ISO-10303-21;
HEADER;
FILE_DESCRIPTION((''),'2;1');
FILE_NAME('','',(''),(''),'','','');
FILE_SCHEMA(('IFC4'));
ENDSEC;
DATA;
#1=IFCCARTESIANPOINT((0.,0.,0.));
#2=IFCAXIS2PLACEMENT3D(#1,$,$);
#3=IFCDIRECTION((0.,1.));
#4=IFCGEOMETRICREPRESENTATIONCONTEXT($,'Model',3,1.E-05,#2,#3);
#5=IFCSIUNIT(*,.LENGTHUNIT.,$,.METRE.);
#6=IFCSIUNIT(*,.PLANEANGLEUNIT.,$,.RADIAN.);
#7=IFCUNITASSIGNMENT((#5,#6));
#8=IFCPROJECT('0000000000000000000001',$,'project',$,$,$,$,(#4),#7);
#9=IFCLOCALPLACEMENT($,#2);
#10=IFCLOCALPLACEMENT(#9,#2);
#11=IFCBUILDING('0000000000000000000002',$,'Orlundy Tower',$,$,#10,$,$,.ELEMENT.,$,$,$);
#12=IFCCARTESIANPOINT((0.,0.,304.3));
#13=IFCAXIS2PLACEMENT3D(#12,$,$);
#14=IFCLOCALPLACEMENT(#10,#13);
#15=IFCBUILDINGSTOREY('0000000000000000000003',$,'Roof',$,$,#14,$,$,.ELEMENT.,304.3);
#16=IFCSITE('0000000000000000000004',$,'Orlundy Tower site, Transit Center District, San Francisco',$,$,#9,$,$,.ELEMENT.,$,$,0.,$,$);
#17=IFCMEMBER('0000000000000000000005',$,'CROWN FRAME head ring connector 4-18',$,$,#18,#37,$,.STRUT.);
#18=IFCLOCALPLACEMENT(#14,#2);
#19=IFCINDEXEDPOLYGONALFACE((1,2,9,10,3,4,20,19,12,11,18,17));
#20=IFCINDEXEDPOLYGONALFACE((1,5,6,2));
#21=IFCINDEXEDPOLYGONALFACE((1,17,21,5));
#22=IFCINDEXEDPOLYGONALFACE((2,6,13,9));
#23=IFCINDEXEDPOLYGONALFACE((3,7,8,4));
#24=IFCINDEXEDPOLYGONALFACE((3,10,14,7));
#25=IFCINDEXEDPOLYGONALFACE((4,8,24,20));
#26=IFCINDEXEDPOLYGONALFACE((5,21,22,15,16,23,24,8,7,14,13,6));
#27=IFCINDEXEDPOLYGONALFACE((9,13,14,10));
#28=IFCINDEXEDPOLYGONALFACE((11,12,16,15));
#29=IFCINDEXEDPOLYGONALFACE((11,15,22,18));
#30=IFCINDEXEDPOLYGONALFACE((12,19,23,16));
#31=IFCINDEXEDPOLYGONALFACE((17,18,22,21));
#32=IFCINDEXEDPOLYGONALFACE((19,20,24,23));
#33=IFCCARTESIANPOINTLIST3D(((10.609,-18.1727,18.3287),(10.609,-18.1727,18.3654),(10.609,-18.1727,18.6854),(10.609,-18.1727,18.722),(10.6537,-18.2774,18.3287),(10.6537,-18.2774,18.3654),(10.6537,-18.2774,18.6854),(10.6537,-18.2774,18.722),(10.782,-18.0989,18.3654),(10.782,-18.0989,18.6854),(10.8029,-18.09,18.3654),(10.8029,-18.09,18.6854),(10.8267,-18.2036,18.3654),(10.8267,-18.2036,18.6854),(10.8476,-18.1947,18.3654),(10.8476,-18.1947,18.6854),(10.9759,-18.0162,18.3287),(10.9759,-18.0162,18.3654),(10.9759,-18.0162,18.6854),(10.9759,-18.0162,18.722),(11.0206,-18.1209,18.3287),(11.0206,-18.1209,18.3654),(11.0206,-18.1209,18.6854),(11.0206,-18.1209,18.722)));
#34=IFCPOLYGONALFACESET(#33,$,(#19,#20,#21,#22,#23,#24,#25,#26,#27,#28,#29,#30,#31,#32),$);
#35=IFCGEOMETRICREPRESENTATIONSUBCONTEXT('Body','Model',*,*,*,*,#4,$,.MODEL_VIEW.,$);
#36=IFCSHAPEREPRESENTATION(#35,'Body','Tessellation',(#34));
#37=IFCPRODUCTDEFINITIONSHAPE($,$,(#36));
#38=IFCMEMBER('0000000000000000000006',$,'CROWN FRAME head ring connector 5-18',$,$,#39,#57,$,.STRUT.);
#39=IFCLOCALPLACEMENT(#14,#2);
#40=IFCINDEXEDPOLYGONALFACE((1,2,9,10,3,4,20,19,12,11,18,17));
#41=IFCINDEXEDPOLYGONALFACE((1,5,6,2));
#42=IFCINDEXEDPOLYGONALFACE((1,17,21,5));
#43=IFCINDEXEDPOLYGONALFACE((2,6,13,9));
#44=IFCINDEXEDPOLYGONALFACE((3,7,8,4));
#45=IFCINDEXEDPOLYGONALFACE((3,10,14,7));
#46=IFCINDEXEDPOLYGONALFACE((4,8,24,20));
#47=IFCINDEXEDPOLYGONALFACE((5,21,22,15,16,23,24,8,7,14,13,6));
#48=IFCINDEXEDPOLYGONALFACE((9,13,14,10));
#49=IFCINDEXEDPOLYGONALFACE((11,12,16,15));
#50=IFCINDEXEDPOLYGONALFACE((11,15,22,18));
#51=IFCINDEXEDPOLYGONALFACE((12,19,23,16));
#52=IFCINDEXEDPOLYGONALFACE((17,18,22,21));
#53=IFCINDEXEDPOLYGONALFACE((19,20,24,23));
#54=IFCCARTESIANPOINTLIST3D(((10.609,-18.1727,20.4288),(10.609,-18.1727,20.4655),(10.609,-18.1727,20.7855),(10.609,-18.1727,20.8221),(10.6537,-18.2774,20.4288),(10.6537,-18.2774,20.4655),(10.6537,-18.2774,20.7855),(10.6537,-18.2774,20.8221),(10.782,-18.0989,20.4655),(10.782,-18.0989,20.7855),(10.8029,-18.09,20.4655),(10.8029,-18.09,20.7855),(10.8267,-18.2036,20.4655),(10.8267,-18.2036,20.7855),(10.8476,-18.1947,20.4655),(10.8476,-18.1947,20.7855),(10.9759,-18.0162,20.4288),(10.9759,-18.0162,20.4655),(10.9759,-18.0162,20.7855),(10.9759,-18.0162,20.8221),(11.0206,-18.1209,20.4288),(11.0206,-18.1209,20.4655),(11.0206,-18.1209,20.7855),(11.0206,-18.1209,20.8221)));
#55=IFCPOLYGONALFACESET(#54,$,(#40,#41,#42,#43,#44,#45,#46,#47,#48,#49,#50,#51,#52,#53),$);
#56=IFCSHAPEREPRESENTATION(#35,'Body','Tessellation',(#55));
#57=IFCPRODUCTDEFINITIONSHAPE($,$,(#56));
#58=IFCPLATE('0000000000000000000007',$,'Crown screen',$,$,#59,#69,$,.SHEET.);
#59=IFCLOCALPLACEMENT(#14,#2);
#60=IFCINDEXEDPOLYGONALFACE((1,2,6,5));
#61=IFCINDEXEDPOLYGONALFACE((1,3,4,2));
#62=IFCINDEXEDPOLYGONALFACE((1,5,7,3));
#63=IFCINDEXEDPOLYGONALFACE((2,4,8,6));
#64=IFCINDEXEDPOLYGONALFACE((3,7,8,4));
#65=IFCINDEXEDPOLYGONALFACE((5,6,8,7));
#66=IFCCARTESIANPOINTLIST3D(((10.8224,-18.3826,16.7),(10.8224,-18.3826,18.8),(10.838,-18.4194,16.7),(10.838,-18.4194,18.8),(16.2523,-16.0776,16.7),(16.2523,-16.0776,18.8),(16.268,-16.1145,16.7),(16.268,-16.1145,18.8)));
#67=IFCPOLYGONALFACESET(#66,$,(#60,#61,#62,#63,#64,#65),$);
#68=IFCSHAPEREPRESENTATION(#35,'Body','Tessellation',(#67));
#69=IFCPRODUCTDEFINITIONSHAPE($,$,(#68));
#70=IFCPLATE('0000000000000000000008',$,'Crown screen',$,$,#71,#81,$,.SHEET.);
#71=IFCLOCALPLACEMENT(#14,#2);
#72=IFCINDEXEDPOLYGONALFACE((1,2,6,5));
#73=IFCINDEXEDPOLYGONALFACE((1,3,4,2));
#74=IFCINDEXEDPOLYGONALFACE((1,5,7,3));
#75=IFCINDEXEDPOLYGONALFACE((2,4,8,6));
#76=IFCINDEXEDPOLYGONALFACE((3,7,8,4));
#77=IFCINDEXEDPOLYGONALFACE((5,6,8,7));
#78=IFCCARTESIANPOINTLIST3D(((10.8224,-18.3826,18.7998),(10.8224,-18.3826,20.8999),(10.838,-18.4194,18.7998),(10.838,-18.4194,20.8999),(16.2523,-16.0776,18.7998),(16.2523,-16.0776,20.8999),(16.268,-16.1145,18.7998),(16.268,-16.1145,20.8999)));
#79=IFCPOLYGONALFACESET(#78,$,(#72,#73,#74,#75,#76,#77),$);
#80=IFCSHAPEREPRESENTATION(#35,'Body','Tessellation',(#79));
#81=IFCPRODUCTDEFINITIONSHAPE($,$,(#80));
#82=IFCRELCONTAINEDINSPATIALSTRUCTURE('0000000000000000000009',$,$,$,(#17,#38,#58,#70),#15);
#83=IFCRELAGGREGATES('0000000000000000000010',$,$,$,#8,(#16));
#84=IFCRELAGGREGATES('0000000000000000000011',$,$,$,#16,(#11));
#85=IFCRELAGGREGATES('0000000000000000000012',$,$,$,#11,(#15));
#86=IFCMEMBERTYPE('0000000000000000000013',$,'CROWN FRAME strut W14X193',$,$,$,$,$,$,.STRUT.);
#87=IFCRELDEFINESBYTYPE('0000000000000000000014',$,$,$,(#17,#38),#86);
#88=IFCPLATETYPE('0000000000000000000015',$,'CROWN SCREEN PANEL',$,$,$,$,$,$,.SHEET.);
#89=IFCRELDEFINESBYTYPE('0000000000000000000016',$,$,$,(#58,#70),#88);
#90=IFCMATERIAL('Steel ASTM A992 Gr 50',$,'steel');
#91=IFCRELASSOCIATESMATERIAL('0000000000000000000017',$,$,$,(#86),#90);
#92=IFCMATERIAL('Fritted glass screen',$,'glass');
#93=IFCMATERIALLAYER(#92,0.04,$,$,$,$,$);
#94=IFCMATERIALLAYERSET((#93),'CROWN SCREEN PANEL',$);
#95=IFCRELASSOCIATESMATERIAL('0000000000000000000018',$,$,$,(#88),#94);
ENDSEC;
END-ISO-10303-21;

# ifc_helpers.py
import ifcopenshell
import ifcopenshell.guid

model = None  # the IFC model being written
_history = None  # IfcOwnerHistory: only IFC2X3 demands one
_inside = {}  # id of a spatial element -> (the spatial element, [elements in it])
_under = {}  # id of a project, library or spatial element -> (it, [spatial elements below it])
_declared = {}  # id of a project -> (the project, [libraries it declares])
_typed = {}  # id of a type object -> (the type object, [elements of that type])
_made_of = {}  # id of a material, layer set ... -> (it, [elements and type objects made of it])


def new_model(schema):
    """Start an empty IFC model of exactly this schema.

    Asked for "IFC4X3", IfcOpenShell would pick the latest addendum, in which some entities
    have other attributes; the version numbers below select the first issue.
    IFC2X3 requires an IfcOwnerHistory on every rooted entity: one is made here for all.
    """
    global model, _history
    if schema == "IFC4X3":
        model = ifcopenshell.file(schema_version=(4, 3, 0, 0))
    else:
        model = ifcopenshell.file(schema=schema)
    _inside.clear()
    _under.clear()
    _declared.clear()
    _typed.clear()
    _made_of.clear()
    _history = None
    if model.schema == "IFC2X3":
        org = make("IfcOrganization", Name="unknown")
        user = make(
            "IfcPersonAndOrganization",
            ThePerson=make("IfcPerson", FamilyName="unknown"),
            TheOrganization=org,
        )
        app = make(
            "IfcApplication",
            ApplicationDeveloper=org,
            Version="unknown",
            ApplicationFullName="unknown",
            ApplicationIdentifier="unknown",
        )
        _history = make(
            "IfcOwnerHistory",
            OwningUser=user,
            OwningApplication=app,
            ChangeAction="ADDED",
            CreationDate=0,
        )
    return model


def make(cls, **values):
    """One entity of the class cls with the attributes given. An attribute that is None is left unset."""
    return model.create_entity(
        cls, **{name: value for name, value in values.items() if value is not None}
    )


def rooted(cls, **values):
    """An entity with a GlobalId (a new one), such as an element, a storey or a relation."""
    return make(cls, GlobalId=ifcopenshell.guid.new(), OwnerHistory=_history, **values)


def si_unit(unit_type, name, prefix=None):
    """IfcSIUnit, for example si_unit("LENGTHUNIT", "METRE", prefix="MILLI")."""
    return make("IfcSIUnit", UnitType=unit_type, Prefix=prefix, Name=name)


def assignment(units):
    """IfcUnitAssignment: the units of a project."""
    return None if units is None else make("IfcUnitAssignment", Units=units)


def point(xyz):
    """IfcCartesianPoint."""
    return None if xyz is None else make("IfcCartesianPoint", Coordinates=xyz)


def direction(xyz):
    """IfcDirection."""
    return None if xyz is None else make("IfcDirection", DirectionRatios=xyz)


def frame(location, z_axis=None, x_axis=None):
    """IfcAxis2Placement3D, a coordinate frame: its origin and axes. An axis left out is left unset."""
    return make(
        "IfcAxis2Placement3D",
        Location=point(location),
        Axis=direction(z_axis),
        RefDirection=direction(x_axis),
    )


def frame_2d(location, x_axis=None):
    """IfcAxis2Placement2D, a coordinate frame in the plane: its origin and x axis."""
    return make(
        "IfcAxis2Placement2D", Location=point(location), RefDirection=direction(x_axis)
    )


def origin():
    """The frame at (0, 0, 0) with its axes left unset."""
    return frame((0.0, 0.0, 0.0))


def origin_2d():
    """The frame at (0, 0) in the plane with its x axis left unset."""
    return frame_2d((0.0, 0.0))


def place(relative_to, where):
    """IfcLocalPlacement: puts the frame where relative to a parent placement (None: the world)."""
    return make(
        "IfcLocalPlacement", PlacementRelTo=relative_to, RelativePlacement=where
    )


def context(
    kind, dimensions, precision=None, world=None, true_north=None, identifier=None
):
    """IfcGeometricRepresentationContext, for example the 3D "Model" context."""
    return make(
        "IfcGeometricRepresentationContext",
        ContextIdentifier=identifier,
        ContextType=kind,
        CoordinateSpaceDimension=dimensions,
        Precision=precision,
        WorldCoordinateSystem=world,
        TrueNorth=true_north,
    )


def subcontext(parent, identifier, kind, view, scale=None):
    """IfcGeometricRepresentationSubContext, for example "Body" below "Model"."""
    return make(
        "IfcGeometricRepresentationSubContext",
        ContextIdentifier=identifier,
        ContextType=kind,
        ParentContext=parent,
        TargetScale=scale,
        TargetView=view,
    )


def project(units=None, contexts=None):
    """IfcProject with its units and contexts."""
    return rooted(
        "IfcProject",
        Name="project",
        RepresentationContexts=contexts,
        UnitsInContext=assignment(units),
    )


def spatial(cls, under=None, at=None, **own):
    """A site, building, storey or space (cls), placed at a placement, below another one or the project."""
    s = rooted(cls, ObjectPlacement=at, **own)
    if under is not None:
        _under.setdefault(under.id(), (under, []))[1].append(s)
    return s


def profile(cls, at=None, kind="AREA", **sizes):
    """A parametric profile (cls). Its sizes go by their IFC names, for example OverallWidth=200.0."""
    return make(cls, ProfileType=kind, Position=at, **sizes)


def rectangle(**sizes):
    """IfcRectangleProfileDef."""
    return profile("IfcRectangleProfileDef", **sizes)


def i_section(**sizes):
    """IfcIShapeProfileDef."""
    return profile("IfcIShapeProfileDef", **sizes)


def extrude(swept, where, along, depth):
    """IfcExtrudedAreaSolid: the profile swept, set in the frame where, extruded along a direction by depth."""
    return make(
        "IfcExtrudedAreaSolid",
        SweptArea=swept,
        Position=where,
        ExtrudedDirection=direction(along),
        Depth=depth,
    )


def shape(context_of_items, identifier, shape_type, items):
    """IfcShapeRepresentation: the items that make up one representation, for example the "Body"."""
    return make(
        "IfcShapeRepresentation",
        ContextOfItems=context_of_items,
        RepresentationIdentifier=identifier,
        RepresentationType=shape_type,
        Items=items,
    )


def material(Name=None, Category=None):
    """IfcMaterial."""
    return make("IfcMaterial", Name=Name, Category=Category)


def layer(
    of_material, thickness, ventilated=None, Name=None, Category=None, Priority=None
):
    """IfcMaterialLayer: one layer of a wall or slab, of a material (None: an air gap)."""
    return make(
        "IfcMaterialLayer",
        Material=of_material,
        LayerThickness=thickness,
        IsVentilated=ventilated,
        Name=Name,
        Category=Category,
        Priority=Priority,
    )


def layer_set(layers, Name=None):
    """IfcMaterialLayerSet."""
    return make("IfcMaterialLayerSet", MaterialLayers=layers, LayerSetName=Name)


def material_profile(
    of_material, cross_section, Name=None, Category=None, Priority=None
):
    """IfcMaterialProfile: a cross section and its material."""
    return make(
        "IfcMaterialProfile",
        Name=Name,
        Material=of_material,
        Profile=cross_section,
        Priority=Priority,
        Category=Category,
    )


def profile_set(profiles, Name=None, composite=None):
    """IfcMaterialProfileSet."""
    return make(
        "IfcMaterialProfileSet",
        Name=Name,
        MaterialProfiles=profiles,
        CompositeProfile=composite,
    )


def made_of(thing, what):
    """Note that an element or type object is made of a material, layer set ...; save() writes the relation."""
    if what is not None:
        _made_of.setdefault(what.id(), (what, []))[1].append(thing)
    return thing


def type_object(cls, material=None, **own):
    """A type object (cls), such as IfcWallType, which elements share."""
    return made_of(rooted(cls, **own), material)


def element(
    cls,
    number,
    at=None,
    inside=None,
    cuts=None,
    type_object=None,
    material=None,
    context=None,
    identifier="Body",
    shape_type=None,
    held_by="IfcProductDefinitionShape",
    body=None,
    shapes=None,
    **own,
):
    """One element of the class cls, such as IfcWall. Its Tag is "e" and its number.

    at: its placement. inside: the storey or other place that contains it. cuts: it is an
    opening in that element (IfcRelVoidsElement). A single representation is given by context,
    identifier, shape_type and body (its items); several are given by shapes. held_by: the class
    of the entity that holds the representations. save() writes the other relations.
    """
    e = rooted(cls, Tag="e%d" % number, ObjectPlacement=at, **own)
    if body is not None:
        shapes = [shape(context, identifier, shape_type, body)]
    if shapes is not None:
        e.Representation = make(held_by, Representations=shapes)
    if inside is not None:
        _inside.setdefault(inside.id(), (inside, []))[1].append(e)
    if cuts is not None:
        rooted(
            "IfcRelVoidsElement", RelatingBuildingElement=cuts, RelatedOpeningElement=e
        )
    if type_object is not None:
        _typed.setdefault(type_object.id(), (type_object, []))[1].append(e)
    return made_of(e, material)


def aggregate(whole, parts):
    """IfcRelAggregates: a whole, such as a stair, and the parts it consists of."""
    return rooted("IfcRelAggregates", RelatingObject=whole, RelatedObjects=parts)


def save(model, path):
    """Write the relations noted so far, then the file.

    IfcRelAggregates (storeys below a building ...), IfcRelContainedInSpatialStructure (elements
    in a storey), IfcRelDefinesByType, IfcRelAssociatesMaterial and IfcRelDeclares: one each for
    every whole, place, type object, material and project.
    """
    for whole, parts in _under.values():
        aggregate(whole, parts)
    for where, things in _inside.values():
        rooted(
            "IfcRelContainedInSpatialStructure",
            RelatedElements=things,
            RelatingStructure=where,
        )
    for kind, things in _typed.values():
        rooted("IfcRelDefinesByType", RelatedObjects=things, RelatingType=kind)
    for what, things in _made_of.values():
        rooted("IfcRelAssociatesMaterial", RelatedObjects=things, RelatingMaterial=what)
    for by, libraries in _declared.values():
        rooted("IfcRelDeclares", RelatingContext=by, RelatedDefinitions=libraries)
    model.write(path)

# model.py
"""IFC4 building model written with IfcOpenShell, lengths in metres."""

from ifc_helpers import new_model, si_unit, direction, frame, origin, origin_2d, place, context, subcontext, project, spatial, rectangle, i_section, extrude, material, layer, layer_set, material_profile, profile_set, type_object, element, save


model = new_model("IFC4")

# Units and contexts
model_context = context("Model", 3, precision=1e-05, world=origin(), true_north=direction((0.0, 1.0)))
body_context = subcontext(model_context, "Body", "Model", "MODEL_VIEW")
ifc_project = project(units=[si_unit("LENGTHUNIT", "METRE"), si_unit("PLANEANGLEUNIT", "RADIAN")], contexts=[model_context])

# Site, building, storey
site_placement = place(None, origin())
site = spatial("IfcSite", under=ifc_project, at=site_placement, Name="Orlundy Tower site, Transit Center District, San Francisco", CompositionType="ELEMENT", RefElevation=0.0)
building_placement = place(site_placement, origin())
building = spatial("IfcBuilding", under=site, at=building_placement, Name="Orlundy Tower", CompositionType="ELEMENT")
storey_placement = place(building_placement, frame((0.0, 0.0, 304.3)))
storey = spatial("IfcBuildingStorey", under=building, at=storey_placement, Name="Roof", CompositionType="ELEMENT", Elevation=304.3)

# Members
ifc_material_1 = material(Name="Steel ASTM A992 Gr 50", Category="steel")
ifc_material_profile_1 = material_profile(ifc_material_1, i_section(OverallWidth=0.3989, OverallDepth=0.3933, WebThickness=0.0227, FlangeThickness=0.0366, at=origin_2d()), Name="W14X193")
ifc_profile_set_1 = profile_set([ifc_material_profile_1], Name="Steel ASTM A992 Gr 50")
member_type_1 = type_object("IfcMemberType", Name="CROWN FRAME strut W14X193", PredefinedType="STRUT", material=ifc_profile_set_1)
for number, where, z_axis, x_axis, name in (
    (1, (10.7925, -18.0945, 18.5254), (0.392366, -0.919809, 0.0), (0.919809, 0.392366, 0.0), "CROWN FRAME head ring connector 4-18"),
    (2, (10.7925, -18.0945, 20.6255), (0.392366, -0.919809, 0.0), (0.919809, 0.392366, 0.0), "CROWN FRAME head ring connector 5-18"),
):
    element("IfcMember", number, at=place(storey_placement, frame(where, z_axis=z_axis, x_axis=x_axis)), inside=storey, type_object=member_type_1, Name=name, PredefinedType="STRUT", context=body_context, shape_type="SweptSolid", body=[
        extrude(i_section(OverallWidth=0.3989, OverallDepth=0.3933, WebThickness=0.0227, FlangeThickness=0.0366, at=origin_2d()), origin(), (0.0, 0.0, 1.0), 0.1138),
    ])

# Plates
ifc_material_2 = material(Name="Fritted glass screen", Category="glass")
ifc_layer = layer(ifc_material_2, 0.04)
ifc_layer_set = layer_set([ifc_layer], Name="CROWN SCREEN PANEL")
plate_type = type_object("IfcPlateType", Name="CROWN SCREEN PANEL", PredefinedType="SHEET", material=ifc_layer_set)
for number, where, z_axis, x_axis, name in (
    (3, (13.5452, -17.2485, 16.7), (0.0, 0.0, 1.0), (0.9205, 0.390742, 0.0), "Crown screen"),
    (4, (13.5452, -17.2485, 18.7998), (0.0, 0.0, 1.0), (0.9205, 0.390742, 0.0), "Crown screen"),
):
    element("IfcPlate", number, at=place(storey_placement, frame(where, z_axis=z_axis, x_axis=x_axis)), inside=storey, type_object=plate_type, Name=name, PredefinedType="SHEET", context=body_context, shape_type="SweptSolid", body=[
        extrude(rectangle(XDim=5.8989, YDim=0.04, at=origin_2d()), origin(), (0.0, 0.0, 1.0), 2.1001),
    ])

save(model, "model.ifc")
